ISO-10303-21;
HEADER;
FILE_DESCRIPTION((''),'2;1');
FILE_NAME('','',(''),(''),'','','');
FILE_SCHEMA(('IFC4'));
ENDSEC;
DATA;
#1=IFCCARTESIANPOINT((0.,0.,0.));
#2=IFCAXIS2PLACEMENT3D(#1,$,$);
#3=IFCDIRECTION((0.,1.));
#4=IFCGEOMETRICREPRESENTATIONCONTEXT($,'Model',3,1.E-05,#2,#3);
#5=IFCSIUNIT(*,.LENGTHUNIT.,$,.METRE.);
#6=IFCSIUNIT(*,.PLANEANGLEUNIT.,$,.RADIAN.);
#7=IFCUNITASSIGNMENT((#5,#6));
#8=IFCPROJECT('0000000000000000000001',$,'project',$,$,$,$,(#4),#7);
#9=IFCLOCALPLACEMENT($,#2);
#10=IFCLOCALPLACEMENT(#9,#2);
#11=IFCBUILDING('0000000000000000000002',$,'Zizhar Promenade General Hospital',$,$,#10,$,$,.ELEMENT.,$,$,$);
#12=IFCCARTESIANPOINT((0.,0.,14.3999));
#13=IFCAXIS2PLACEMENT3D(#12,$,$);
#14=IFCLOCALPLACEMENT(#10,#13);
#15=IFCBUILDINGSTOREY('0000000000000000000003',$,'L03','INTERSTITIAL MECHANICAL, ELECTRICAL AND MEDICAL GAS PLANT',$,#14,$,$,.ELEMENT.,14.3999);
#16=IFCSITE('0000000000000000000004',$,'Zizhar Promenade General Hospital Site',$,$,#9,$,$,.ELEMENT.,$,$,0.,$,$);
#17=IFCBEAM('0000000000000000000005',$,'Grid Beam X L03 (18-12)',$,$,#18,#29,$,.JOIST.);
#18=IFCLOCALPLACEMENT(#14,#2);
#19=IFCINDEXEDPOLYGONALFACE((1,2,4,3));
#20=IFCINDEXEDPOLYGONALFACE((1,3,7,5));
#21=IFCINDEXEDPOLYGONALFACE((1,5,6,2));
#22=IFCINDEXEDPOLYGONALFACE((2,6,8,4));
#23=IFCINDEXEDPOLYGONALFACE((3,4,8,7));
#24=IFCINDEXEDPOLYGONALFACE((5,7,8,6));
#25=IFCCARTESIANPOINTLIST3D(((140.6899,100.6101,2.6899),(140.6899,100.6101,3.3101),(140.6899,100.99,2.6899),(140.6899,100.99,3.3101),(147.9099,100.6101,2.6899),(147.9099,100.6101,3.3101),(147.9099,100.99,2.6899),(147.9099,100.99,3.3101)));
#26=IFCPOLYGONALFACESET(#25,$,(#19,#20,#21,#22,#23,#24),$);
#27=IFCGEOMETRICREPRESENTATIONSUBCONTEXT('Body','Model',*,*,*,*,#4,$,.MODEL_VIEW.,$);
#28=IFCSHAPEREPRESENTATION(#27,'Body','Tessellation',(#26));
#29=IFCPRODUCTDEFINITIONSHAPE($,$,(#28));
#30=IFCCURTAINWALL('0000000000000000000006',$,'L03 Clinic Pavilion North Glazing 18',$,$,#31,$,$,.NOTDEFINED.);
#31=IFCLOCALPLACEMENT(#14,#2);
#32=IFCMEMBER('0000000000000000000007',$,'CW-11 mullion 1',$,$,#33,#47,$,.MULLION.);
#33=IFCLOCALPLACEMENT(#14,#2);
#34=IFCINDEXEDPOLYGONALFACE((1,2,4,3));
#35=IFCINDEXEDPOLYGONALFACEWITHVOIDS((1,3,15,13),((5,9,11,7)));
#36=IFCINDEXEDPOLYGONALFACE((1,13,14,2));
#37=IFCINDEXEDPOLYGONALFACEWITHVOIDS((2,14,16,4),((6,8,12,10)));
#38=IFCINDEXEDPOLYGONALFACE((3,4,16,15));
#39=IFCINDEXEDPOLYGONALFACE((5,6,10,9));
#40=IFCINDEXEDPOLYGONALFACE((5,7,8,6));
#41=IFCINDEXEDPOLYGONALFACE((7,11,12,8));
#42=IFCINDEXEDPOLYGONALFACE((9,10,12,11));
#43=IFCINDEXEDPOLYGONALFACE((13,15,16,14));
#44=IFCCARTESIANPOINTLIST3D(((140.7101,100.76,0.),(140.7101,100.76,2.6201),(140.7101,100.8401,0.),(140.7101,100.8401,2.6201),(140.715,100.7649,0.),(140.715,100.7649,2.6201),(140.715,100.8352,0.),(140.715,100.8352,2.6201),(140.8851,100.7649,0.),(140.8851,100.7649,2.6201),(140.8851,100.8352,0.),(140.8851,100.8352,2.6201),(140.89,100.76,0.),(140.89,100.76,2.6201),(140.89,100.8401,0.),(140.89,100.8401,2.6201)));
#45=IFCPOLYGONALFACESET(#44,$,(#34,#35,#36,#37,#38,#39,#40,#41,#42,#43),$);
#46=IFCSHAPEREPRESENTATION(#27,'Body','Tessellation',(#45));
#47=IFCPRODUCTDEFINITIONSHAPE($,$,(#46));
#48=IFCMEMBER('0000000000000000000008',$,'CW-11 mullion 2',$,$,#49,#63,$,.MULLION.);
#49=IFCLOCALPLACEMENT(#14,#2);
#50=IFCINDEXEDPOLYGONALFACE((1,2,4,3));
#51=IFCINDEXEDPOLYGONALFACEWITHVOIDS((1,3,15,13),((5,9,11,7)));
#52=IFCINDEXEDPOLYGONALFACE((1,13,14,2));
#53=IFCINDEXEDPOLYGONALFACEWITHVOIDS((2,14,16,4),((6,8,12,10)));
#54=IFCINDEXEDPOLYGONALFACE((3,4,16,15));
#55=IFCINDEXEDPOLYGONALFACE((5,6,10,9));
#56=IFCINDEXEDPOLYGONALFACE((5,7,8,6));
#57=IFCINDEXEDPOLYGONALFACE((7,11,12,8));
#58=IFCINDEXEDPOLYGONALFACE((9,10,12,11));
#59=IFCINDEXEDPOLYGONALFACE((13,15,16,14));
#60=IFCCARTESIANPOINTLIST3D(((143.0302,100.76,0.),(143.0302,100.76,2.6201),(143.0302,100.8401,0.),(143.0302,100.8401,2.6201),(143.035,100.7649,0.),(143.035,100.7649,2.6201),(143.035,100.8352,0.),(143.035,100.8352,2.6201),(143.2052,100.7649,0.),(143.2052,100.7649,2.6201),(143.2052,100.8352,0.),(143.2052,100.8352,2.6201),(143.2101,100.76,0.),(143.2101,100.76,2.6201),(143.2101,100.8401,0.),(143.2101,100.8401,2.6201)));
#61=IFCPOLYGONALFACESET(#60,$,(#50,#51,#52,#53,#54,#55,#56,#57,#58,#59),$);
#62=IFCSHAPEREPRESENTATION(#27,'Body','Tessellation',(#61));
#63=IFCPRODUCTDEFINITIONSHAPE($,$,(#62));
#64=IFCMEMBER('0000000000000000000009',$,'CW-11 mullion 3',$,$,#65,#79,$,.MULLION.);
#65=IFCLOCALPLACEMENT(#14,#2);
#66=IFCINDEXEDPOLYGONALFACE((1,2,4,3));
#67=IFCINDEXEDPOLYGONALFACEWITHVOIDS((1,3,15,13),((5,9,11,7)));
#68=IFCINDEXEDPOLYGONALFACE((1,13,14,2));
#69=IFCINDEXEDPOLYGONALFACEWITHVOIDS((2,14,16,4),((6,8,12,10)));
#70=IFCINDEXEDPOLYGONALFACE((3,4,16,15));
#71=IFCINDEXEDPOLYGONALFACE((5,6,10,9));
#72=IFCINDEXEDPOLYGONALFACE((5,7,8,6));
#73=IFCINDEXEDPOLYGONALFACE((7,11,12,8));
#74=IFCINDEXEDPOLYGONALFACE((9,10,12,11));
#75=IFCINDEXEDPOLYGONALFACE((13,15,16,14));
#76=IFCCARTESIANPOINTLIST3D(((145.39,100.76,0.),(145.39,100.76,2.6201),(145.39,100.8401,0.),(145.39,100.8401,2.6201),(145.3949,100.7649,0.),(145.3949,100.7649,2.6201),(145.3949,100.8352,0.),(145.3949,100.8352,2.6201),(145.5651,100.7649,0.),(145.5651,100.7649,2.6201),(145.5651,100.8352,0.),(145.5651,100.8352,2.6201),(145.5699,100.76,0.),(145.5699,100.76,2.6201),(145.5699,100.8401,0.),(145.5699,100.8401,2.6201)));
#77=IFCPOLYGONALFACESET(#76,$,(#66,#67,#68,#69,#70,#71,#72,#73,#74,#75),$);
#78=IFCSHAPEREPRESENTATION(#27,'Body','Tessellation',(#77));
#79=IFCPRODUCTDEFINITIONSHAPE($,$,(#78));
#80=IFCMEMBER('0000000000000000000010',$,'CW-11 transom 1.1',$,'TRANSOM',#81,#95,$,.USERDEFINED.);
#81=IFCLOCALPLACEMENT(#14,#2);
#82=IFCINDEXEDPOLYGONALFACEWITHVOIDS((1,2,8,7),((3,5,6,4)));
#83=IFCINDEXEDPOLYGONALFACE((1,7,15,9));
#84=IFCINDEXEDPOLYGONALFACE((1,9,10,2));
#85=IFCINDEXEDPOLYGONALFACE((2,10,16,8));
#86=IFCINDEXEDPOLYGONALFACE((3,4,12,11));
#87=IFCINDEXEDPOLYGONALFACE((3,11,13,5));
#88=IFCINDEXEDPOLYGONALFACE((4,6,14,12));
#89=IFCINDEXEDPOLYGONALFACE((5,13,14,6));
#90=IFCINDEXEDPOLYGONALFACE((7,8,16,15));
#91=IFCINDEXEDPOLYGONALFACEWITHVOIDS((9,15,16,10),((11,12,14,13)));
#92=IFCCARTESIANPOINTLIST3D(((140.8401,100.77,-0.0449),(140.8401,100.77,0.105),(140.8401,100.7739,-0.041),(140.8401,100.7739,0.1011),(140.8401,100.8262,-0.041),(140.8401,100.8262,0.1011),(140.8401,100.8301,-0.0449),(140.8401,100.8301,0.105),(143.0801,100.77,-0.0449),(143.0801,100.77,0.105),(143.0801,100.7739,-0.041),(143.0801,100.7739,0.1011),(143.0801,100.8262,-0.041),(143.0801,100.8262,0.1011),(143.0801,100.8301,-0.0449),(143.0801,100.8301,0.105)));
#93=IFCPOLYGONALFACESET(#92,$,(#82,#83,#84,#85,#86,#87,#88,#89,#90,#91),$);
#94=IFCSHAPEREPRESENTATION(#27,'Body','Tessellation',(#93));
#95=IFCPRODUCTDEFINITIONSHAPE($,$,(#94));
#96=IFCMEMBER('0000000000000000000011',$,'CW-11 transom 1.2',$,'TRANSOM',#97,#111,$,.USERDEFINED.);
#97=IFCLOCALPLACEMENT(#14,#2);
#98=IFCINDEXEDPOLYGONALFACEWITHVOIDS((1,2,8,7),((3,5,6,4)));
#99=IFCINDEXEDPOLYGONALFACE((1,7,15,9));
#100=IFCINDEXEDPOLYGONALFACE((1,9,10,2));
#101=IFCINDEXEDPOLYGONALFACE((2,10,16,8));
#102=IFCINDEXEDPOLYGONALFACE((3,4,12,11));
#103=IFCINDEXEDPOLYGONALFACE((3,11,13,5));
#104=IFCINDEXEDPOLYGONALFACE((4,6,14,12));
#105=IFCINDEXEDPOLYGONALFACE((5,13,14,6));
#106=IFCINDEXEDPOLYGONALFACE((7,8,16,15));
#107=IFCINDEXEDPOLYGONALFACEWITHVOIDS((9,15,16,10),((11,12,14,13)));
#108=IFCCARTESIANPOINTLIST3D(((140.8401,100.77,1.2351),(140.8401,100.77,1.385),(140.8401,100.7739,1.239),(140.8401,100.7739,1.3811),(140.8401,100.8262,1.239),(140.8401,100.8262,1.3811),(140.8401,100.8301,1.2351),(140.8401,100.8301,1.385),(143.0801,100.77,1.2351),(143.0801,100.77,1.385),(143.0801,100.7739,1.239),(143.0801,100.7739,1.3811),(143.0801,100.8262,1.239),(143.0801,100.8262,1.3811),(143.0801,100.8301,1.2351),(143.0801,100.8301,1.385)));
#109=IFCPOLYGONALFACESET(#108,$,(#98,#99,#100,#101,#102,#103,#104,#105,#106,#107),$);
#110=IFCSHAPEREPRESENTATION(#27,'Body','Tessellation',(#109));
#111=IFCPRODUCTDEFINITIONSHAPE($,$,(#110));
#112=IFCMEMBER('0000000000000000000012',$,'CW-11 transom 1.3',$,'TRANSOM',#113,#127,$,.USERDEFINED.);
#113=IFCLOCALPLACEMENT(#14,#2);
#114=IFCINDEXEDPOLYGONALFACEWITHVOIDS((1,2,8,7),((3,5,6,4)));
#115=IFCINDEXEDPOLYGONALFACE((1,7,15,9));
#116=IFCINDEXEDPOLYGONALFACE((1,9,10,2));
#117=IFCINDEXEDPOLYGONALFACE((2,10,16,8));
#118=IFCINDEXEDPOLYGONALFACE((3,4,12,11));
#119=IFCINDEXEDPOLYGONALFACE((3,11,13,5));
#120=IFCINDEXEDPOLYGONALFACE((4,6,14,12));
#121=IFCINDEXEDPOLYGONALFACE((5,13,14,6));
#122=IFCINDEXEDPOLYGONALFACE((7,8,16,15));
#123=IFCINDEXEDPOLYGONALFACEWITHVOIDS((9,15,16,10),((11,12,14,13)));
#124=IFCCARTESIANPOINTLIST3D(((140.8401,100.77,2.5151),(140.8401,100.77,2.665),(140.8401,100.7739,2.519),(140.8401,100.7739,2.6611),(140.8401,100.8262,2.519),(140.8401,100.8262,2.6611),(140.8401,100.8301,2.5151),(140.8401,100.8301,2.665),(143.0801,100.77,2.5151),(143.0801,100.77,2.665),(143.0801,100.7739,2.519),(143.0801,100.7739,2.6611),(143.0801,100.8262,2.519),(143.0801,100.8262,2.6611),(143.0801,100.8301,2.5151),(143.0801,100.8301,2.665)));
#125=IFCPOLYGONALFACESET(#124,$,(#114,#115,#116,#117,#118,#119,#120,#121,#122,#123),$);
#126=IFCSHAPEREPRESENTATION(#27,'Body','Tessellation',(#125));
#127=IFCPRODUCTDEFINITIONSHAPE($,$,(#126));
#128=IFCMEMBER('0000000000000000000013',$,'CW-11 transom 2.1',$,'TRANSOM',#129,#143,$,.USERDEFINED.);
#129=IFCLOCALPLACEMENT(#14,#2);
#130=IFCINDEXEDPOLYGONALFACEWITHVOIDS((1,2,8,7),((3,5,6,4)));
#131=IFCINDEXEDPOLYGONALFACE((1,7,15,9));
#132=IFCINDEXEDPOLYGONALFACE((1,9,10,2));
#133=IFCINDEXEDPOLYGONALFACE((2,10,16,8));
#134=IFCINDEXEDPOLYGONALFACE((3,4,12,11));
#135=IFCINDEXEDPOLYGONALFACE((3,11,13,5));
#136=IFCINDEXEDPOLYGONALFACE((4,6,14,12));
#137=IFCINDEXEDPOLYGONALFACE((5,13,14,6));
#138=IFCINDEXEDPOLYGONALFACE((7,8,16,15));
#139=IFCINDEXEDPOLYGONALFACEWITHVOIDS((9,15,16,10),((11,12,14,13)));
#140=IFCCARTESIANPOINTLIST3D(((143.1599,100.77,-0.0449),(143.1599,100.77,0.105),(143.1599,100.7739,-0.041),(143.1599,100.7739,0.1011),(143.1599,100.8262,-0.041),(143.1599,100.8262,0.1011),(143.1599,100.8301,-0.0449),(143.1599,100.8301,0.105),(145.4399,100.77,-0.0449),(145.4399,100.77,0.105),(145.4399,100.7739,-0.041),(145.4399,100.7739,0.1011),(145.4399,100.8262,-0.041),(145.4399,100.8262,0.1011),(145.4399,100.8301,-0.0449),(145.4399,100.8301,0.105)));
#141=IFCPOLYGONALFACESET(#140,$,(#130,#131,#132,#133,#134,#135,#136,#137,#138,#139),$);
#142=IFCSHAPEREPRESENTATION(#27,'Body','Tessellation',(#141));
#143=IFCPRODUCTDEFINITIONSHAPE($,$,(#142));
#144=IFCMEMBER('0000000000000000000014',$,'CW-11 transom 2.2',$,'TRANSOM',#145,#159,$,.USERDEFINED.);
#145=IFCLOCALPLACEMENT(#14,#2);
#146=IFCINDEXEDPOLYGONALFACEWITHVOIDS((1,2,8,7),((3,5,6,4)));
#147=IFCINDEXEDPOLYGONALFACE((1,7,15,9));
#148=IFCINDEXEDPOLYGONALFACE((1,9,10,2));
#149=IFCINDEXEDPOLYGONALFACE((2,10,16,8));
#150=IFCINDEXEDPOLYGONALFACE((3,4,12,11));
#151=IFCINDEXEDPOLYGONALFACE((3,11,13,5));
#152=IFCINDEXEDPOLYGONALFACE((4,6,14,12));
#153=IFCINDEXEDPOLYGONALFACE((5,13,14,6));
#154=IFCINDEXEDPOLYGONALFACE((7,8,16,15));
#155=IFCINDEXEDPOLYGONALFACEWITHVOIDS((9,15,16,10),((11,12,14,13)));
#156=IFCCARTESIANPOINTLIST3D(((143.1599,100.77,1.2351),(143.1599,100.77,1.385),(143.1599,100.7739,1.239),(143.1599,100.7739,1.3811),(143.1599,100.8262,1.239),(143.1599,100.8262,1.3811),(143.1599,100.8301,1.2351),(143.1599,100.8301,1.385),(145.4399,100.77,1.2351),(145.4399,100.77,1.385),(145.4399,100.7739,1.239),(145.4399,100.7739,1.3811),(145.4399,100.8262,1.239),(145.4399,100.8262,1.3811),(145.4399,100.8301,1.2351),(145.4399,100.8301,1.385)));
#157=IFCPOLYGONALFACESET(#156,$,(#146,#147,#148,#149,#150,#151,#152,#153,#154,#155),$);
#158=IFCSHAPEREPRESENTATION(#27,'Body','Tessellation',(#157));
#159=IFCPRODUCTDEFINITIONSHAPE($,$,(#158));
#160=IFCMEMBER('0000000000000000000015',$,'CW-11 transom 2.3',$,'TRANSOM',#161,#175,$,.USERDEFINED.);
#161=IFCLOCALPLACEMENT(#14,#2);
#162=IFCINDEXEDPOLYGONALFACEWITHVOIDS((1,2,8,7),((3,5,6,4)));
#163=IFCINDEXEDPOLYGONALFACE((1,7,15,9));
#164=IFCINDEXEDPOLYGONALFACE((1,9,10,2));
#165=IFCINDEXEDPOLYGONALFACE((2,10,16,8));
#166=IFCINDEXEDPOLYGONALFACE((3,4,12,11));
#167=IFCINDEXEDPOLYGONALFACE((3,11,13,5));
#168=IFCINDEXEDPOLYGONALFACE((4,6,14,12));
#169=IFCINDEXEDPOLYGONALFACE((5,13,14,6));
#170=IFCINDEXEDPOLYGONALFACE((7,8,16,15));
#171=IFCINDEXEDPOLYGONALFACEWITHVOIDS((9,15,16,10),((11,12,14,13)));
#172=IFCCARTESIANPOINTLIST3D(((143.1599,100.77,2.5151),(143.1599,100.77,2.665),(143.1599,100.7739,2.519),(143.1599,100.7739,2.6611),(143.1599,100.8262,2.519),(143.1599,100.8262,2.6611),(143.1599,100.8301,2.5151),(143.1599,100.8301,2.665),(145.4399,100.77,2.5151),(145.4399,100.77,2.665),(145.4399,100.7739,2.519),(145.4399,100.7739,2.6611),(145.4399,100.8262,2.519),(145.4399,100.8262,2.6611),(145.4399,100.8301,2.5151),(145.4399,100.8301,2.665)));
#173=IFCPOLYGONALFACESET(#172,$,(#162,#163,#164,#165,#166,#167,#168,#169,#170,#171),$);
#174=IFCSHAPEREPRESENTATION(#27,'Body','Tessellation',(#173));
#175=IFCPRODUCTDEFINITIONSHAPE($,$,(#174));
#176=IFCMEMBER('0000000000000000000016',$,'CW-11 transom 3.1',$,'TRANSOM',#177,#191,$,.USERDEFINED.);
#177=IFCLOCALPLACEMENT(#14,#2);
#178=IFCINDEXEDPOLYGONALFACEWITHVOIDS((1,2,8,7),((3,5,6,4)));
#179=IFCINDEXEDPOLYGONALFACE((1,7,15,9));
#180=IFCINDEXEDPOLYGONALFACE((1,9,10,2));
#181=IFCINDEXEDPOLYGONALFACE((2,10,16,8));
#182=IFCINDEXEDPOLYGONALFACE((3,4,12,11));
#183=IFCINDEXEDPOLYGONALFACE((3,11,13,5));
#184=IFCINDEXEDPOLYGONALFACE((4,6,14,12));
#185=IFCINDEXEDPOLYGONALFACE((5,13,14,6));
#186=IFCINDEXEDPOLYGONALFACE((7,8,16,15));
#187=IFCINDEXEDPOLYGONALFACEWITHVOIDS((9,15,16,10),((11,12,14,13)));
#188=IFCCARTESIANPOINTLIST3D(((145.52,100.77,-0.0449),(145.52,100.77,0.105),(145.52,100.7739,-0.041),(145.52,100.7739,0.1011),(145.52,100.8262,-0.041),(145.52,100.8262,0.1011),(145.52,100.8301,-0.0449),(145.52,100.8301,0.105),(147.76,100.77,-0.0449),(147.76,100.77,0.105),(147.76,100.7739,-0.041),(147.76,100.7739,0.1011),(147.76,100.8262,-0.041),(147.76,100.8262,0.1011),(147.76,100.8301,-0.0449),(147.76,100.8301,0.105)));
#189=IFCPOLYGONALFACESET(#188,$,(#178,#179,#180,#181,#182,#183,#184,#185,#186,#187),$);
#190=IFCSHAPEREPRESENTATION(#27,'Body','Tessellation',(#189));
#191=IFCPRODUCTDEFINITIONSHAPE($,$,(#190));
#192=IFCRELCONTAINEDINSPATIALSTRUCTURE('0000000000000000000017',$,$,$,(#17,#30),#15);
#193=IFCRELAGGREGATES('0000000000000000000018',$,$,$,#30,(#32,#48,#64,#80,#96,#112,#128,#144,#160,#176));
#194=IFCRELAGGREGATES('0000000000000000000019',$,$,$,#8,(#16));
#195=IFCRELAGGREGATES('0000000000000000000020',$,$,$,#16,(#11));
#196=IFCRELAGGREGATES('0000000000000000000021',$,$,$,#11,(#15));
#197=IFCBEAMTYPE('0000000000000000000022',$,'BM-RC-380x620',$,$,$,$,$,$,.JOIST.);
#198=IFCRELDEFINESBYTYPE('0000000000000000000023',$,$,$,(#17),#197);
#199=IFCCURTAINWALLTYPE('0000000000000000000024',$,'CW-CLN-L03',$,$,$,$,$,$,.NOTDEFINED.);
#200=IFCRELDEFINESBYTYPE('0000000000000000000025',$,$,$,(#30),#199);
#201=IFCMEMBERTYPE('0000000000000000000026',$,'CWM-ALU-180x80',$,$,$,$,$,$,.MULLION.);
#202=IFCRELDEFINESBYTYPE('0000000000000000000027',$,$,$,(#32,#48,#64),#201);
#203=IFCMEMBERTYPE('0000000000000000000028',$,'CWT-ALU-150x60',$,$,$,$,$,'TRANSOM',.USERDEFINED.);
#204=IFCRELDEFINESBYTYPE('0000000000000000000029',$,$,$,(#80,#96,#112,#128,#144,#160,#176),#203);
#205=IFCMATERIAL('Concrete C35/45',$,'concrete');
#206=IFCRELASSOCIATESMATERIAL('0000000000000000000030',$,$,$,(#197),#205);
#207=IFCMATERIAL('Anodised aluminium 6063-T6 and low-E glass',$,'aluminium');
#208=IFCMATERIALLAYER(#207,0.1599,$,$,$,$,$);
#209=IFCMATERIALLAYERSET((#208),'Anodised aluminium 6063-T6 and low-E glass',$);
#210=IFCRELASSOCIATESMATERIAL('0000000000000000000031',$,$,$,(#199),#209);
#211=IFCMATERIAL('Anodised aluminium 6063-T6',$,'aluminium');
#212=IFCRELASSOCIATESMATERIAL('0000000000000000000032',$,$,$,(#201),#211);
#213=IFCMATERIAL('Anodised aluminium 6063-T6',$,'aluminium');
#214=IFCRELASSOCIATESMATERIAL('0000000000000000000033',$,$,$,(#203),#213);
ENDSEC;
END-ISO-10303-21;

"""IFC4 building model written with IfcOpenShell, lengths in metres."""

from ifc_helpers import new_model, si_unit, direction, frame, origin, origin_2d, place, context, subcontext, project, spatial, rectangle, hollow_rectangle, extrude, material, layer, layer_set, material_profile, profile_set, type_object, element, aggregate, save


model = new_model("IFC4")

# Units and contexts
model_context = context("Model", 3, precision=1e-05, world=origin(), true_north=direction((0.0, 1.0)))
body_context = subcontext(model_context, "Body", "Model", "MODEL_VIEW")
ifc_project = project(units=[si_unit("LENGTHUNIT", "METRE"), si_unit("PLANEANGLEUNIT", "RADIAN")], contexts=[model_context])

# Site, building, storey
site_placement = place(None, origin())
site = spatial("IfcSite", under=ifc_project, at=site_placement, Name="Zizhar Promenade General Hospital Site", CompositionType="ELEMENT", RefElevation=0.0)
building_placement = place(site_placement, origin())
building = spatial("IfcBuilding", under=site, at=building_placement, Name="Zizhar Promenade General Hospital", CompositionType="ELEMENT")
storey_placement = place(building_placement, frame((0.0, 0.0, 14.3999)))
storey = spatial("IfcBuildingStorey", under=building, at=storey_placement, Name="L03", Description="INTERSTITIAL MECHANICAL, ELECTRICAL AND MEDICAL GAS PLANT", CompositionType="ELEMENT", Elevation=14.3999)

# Beam
ifc_material_1 = material(Name="Concrete C35/45", Category="concrete")
ifc_material_profile_1 = material_profile(ifc_material_1, rectangle(XDim=0.3799, YDim=0.6201, at=origin_2d()))
ifc_profile_set_1 = profile_set([ifc_material_profile_1], Name="Concrete C35/45")
beam_type = type_object("IfcBeamType", Name="BM-RC-380x620", PredefinedType="JOIST", material=ifc_profile_set_1)
beam_placement = place(storey_placement, frame((140.6899, 100.8, 3.0), z_axis=(1.0, 0.0, 0.0), x_axis=(0.0, 1.0, 0.0)))
element("IfcBeam", 1, at=beam_placement, inside=storey, type_object=beam_type, Name="Grid Beam X L03 (18-12)", PredefinedType="JOIST", context=body_context, shape_type="SweptSolid", body=[
    extrude(rectangle(XDim=0.3799, YDim=0.6201, at=origin_2d()), origin(), (0.0, 0.0, 1.0), 7.22),
])

# Curtain wall, members
ifc_material_2 = material(Name="Anodised aluminium 6063-T6 and low-E glass", Category="aluminium")
ifc_layer_1 = layer(ifc_material_2, 0.1599)
ifc_layer_set_1 = layer_set([ifc_layer_1], Name="Anodised aluminium 6063-T6 and low-E glass")
curtain_wall_type = type_object("IfcCurtainWallType", Name="CW-CLN-L03", PredefinedType="NOTDEFINED", material=ifc_layer_set_1)
curtain_wall_placement = place(storey_placement, origin())
curtain_wall = element("IfcCurtainWall", 2, at=curtain_wall_placement, inside=storey, type_object=curtain_wall_type, Name="L03 Clinic Pavilion North Glazing 18", PredefinedType="NOTDEFINED")
ifc_material_3 = material(Name="Anodised aluminium 6063-T6", Category="aluminium")
ifc_material_profile_2 = material_profile(ifc_material_3, hollow_rectangle(XDim=0.0801, YDim=0.1799, WallThickness=0.0049, at=origin_2d()))
ifc_profile_set_2 = profile_set([ifc_material_profile_2], Name="Anodised aluminium 6063-T6")
member_type_1 = type_object("IfcMemberType", Name="CWM-ALU-180x80", PredefinedType="MULLION", material=ifc_profile_set_2)
member_1_placement = place(storey_placement, frame((140.8, 100.8, 0.0), z_axis=(0.0, 0.0, 1.0), x_axis=(0.0, 1.0, 0.0)))
member_1 = element("IfcMember", 3, at=member_1_placement, type_object=member_type_1, Name="CW-11 mullion 1", PredefinedType="MULLION", context=body_context, shape_type="SweptSolid", body=[
    extrude(hollow_rectangle(XDim=0.0801, YDim=0.1799, WallThickness=0.0049, at=origin_2d()), origin(), (0.0, 0.0, 1.0), 2.6201),
])
member_2_placement = place(storey_placement, frame((143.1201, 100.8, 0.0), z_axis=(0.0, 0.0, 1.0), x_axis=(0.0, 1.0, 0.0)))
member_2 = element("IfcMember", 4, at=member_2_placement, type_object=member_type_1, Name="CW-11 mullion 2", PredefinedType="MULLION", context=body_context, shape_type="SweptSolid", body=[
    extrude(hollow_rectangle(XDim=0.0801, YDim=0.1799, WallThickness=0.0049, at=origin_2d()), origin(), (0.0, 0.0, 1.0), 2.6201),
])
member_3_placement = place(storey_placement, frame((145.48, 100.8, 0.0), z_axis=(0.0, 0.0, 1.0), x_axis=(0.0, 1.0, 0.0)))
member_3 = element("IfcMember", 5, at=member_3_placement, type_object=member_type_1, Name="CW-11 mullion 3", PredefinedType="MULLION", context=body_context, shape_type="SweptSolid", body=[
    extrude(hollow_rectangle(XDim=0.0801, YDim=0.1799, WallThickness=0.0049, at=origin_2d()), origin(), (0.0, 0.0, 1.0), 2.6201),
])
ifc_material_4 = material(Name="Anodised aluminium 6063-T6", Category="aluminium")
ifc_material_profile_3 = material_profile(ifc_material_4, hollow_rectangle(XDim=0.0601, YDim=0.1499, WallThickness=0.0039, at=origin_2d()))
ifc_profile_set_3 = profile_set([ifc_material_profile_3], Name="Anodised aluminium 6063-T6")
member_type_2 = type_object("IfcMemberType", Name="CWT-ALU-150x60", ElementType="TRANSOM", PredefinedType="USERDEFINED", material=ifc_profile_set_3)
member_4_placement = place(storey_placement, frame((140.8401, 100.8, 0.03), z_axis=(1.0, 0.0, 0.0), x_axis=(0.0, 1.0, 0.0)))
member_4 = element("IfcMember", 6, at=member_4_placement, type_object=member_type_2, Name="CW-11 transom 1.1", ObjectType="TRANSOM", PredefinedType="USERDEFINED", context=body_context, shape_type="SweptSolid", body=[
    extrude(hollow_rectangle(XDim=0.0601, YDim=0.1499, WallThickness=0.0039, at=origin_2d()), origin(), (0.0, 0.0, 1.0), 2.24),
])
member_5_placement = place(storey_placement, frame((140.8401, 100.8, 1.3101), z_axis=(1.0, 0.0, 0.0), x_axis=(0.0, 1.0, 0.0)))
member_5 = element("IfcMember", 7, at=member_5_placement, type_object=member_type_2, Name="CW-11 transom 1.2", ObjectType="TRANSOM", PredefinedType="USERDEFINED", context=body_context, shape_type="SweptSolid", body=[
    extrude(hollow_rectangle(XDim=0.0601, YDim=0.1499, WallThickness=0.0039, at=origin_2d()), origin(), (0.0, 0.0, 1.0), 2.24),
])
member_6_placement = place(storey_placement, frame((140.8401, 100.8, 2.5901), z_axis=(1.0, 0.0, 0.0), x_axis=(0.0, 1.0, 0.0)))
member_6 = element("IfcMember", 8, at=member_6_placement, type_object=member_type_2, Name="CW-11 transom 1.3", ObjectType="TRANSOM", PredefinedType="USERDEFINED", context=body_context, shape_type="SweptSolid", body=[
    extrude(hollow_rectangle(XDim=0.0601, YDim=0.1499, WallThickness=0.0039, at=origin_2d()), origin(), (0.0, 0.0, 1.0), 2.24),
])
member_7_placement = place(storey_placement, frame((143.1599, 100.8, 0.03), z_axis=(1.0, 0.0, 0.0), x_axis=(0.0, 1.0, 0.0)))
member_7 = element("IfcMember", 9, at=member_7_placement, type_object=member_type_2, Name="CW-11 transom 2.1", ObjectType="TRANSOM", PredefinedType="USERDEFINED", context=body_context, shape_type="SweptSolid", body=[
    extrude(hollow_rectangle(XDim=0.0601, YDim=0.1499, WallThickness=0.0039, at=origin_2d()), origin(), (0.0, 0.0, 1.0), 2.28),
])
member_8_placement = place(storey_placement, frame((143.1599, 100.8, 1.3101), z_axis=(1.0, 0.0, 0.0), x_axis=(0.0, 1.0, 0.0)))
member_8 = element("IfcMember", 10, at=member_8_placement, type_object=member_type_2, Name="CW-11 transom 2.2", ObjectType="TRANSOM", PredefinedType="USERDEFINED", context=body_context, shape_type="SweptSolid", body=[
    extrude(hollow_rectangle(XDim=0.0601, YDim=0.1499, WallThickness=0.0039, at=origin_2d()), origin(), (0.0, 0.0, 1.0), 2.28),
])
member_9_placement = place(storey_placement, frame((143.1599, 100.8, 2.5901), z_axis=(1.0, 0.0, 0.0), x_axis=(0.0, 1.0, 0.0)))
member_9 = element("IfcMember", 11, at=member_9_placement, type_object=member_type_2, Name="CW-11 transom 2.3", ObjectType="TRANSOM", PredefinedType="USERDEFINED", context=body_context, shape_type="SweptSolid", body=[
    extrude(hollow_rectangle(XDim=0.0601, YDim=0.1499, WallThickness=0.0039, at=origin_2d()), origin(), (0.0, 0.0, 1.0), 2.28),
])
member_10_placement = place(storey_placement, frame((145.52, 100.8, 0.03), z_axis=(1.0, 0.0, 0.0), x_axis=(0.0, 1.0, 0.0)))
member_10 = element("IfcMember", 12, at=member_10_placement, type_object=member_type_2, Name="CW-11 transom 3.1", ObjectType="TRANSOM", PredefinedType="USERDEFINED", context=body_context, shape_type="SweptSolid", body=[
    extrude(hollow_rectangle(XDim=0.0601, YDim=0.1499, WallThickness=0.0039, at=origin_2d()), origin(), (0.0, 0.0, 1.0), 2.24),
])
aggregate(curtain_wall, [member_1, member_2, member_3, member_4, member_5, member_6, member_7, member_8, member_9, member_10])

save(model, "model.ifc")
